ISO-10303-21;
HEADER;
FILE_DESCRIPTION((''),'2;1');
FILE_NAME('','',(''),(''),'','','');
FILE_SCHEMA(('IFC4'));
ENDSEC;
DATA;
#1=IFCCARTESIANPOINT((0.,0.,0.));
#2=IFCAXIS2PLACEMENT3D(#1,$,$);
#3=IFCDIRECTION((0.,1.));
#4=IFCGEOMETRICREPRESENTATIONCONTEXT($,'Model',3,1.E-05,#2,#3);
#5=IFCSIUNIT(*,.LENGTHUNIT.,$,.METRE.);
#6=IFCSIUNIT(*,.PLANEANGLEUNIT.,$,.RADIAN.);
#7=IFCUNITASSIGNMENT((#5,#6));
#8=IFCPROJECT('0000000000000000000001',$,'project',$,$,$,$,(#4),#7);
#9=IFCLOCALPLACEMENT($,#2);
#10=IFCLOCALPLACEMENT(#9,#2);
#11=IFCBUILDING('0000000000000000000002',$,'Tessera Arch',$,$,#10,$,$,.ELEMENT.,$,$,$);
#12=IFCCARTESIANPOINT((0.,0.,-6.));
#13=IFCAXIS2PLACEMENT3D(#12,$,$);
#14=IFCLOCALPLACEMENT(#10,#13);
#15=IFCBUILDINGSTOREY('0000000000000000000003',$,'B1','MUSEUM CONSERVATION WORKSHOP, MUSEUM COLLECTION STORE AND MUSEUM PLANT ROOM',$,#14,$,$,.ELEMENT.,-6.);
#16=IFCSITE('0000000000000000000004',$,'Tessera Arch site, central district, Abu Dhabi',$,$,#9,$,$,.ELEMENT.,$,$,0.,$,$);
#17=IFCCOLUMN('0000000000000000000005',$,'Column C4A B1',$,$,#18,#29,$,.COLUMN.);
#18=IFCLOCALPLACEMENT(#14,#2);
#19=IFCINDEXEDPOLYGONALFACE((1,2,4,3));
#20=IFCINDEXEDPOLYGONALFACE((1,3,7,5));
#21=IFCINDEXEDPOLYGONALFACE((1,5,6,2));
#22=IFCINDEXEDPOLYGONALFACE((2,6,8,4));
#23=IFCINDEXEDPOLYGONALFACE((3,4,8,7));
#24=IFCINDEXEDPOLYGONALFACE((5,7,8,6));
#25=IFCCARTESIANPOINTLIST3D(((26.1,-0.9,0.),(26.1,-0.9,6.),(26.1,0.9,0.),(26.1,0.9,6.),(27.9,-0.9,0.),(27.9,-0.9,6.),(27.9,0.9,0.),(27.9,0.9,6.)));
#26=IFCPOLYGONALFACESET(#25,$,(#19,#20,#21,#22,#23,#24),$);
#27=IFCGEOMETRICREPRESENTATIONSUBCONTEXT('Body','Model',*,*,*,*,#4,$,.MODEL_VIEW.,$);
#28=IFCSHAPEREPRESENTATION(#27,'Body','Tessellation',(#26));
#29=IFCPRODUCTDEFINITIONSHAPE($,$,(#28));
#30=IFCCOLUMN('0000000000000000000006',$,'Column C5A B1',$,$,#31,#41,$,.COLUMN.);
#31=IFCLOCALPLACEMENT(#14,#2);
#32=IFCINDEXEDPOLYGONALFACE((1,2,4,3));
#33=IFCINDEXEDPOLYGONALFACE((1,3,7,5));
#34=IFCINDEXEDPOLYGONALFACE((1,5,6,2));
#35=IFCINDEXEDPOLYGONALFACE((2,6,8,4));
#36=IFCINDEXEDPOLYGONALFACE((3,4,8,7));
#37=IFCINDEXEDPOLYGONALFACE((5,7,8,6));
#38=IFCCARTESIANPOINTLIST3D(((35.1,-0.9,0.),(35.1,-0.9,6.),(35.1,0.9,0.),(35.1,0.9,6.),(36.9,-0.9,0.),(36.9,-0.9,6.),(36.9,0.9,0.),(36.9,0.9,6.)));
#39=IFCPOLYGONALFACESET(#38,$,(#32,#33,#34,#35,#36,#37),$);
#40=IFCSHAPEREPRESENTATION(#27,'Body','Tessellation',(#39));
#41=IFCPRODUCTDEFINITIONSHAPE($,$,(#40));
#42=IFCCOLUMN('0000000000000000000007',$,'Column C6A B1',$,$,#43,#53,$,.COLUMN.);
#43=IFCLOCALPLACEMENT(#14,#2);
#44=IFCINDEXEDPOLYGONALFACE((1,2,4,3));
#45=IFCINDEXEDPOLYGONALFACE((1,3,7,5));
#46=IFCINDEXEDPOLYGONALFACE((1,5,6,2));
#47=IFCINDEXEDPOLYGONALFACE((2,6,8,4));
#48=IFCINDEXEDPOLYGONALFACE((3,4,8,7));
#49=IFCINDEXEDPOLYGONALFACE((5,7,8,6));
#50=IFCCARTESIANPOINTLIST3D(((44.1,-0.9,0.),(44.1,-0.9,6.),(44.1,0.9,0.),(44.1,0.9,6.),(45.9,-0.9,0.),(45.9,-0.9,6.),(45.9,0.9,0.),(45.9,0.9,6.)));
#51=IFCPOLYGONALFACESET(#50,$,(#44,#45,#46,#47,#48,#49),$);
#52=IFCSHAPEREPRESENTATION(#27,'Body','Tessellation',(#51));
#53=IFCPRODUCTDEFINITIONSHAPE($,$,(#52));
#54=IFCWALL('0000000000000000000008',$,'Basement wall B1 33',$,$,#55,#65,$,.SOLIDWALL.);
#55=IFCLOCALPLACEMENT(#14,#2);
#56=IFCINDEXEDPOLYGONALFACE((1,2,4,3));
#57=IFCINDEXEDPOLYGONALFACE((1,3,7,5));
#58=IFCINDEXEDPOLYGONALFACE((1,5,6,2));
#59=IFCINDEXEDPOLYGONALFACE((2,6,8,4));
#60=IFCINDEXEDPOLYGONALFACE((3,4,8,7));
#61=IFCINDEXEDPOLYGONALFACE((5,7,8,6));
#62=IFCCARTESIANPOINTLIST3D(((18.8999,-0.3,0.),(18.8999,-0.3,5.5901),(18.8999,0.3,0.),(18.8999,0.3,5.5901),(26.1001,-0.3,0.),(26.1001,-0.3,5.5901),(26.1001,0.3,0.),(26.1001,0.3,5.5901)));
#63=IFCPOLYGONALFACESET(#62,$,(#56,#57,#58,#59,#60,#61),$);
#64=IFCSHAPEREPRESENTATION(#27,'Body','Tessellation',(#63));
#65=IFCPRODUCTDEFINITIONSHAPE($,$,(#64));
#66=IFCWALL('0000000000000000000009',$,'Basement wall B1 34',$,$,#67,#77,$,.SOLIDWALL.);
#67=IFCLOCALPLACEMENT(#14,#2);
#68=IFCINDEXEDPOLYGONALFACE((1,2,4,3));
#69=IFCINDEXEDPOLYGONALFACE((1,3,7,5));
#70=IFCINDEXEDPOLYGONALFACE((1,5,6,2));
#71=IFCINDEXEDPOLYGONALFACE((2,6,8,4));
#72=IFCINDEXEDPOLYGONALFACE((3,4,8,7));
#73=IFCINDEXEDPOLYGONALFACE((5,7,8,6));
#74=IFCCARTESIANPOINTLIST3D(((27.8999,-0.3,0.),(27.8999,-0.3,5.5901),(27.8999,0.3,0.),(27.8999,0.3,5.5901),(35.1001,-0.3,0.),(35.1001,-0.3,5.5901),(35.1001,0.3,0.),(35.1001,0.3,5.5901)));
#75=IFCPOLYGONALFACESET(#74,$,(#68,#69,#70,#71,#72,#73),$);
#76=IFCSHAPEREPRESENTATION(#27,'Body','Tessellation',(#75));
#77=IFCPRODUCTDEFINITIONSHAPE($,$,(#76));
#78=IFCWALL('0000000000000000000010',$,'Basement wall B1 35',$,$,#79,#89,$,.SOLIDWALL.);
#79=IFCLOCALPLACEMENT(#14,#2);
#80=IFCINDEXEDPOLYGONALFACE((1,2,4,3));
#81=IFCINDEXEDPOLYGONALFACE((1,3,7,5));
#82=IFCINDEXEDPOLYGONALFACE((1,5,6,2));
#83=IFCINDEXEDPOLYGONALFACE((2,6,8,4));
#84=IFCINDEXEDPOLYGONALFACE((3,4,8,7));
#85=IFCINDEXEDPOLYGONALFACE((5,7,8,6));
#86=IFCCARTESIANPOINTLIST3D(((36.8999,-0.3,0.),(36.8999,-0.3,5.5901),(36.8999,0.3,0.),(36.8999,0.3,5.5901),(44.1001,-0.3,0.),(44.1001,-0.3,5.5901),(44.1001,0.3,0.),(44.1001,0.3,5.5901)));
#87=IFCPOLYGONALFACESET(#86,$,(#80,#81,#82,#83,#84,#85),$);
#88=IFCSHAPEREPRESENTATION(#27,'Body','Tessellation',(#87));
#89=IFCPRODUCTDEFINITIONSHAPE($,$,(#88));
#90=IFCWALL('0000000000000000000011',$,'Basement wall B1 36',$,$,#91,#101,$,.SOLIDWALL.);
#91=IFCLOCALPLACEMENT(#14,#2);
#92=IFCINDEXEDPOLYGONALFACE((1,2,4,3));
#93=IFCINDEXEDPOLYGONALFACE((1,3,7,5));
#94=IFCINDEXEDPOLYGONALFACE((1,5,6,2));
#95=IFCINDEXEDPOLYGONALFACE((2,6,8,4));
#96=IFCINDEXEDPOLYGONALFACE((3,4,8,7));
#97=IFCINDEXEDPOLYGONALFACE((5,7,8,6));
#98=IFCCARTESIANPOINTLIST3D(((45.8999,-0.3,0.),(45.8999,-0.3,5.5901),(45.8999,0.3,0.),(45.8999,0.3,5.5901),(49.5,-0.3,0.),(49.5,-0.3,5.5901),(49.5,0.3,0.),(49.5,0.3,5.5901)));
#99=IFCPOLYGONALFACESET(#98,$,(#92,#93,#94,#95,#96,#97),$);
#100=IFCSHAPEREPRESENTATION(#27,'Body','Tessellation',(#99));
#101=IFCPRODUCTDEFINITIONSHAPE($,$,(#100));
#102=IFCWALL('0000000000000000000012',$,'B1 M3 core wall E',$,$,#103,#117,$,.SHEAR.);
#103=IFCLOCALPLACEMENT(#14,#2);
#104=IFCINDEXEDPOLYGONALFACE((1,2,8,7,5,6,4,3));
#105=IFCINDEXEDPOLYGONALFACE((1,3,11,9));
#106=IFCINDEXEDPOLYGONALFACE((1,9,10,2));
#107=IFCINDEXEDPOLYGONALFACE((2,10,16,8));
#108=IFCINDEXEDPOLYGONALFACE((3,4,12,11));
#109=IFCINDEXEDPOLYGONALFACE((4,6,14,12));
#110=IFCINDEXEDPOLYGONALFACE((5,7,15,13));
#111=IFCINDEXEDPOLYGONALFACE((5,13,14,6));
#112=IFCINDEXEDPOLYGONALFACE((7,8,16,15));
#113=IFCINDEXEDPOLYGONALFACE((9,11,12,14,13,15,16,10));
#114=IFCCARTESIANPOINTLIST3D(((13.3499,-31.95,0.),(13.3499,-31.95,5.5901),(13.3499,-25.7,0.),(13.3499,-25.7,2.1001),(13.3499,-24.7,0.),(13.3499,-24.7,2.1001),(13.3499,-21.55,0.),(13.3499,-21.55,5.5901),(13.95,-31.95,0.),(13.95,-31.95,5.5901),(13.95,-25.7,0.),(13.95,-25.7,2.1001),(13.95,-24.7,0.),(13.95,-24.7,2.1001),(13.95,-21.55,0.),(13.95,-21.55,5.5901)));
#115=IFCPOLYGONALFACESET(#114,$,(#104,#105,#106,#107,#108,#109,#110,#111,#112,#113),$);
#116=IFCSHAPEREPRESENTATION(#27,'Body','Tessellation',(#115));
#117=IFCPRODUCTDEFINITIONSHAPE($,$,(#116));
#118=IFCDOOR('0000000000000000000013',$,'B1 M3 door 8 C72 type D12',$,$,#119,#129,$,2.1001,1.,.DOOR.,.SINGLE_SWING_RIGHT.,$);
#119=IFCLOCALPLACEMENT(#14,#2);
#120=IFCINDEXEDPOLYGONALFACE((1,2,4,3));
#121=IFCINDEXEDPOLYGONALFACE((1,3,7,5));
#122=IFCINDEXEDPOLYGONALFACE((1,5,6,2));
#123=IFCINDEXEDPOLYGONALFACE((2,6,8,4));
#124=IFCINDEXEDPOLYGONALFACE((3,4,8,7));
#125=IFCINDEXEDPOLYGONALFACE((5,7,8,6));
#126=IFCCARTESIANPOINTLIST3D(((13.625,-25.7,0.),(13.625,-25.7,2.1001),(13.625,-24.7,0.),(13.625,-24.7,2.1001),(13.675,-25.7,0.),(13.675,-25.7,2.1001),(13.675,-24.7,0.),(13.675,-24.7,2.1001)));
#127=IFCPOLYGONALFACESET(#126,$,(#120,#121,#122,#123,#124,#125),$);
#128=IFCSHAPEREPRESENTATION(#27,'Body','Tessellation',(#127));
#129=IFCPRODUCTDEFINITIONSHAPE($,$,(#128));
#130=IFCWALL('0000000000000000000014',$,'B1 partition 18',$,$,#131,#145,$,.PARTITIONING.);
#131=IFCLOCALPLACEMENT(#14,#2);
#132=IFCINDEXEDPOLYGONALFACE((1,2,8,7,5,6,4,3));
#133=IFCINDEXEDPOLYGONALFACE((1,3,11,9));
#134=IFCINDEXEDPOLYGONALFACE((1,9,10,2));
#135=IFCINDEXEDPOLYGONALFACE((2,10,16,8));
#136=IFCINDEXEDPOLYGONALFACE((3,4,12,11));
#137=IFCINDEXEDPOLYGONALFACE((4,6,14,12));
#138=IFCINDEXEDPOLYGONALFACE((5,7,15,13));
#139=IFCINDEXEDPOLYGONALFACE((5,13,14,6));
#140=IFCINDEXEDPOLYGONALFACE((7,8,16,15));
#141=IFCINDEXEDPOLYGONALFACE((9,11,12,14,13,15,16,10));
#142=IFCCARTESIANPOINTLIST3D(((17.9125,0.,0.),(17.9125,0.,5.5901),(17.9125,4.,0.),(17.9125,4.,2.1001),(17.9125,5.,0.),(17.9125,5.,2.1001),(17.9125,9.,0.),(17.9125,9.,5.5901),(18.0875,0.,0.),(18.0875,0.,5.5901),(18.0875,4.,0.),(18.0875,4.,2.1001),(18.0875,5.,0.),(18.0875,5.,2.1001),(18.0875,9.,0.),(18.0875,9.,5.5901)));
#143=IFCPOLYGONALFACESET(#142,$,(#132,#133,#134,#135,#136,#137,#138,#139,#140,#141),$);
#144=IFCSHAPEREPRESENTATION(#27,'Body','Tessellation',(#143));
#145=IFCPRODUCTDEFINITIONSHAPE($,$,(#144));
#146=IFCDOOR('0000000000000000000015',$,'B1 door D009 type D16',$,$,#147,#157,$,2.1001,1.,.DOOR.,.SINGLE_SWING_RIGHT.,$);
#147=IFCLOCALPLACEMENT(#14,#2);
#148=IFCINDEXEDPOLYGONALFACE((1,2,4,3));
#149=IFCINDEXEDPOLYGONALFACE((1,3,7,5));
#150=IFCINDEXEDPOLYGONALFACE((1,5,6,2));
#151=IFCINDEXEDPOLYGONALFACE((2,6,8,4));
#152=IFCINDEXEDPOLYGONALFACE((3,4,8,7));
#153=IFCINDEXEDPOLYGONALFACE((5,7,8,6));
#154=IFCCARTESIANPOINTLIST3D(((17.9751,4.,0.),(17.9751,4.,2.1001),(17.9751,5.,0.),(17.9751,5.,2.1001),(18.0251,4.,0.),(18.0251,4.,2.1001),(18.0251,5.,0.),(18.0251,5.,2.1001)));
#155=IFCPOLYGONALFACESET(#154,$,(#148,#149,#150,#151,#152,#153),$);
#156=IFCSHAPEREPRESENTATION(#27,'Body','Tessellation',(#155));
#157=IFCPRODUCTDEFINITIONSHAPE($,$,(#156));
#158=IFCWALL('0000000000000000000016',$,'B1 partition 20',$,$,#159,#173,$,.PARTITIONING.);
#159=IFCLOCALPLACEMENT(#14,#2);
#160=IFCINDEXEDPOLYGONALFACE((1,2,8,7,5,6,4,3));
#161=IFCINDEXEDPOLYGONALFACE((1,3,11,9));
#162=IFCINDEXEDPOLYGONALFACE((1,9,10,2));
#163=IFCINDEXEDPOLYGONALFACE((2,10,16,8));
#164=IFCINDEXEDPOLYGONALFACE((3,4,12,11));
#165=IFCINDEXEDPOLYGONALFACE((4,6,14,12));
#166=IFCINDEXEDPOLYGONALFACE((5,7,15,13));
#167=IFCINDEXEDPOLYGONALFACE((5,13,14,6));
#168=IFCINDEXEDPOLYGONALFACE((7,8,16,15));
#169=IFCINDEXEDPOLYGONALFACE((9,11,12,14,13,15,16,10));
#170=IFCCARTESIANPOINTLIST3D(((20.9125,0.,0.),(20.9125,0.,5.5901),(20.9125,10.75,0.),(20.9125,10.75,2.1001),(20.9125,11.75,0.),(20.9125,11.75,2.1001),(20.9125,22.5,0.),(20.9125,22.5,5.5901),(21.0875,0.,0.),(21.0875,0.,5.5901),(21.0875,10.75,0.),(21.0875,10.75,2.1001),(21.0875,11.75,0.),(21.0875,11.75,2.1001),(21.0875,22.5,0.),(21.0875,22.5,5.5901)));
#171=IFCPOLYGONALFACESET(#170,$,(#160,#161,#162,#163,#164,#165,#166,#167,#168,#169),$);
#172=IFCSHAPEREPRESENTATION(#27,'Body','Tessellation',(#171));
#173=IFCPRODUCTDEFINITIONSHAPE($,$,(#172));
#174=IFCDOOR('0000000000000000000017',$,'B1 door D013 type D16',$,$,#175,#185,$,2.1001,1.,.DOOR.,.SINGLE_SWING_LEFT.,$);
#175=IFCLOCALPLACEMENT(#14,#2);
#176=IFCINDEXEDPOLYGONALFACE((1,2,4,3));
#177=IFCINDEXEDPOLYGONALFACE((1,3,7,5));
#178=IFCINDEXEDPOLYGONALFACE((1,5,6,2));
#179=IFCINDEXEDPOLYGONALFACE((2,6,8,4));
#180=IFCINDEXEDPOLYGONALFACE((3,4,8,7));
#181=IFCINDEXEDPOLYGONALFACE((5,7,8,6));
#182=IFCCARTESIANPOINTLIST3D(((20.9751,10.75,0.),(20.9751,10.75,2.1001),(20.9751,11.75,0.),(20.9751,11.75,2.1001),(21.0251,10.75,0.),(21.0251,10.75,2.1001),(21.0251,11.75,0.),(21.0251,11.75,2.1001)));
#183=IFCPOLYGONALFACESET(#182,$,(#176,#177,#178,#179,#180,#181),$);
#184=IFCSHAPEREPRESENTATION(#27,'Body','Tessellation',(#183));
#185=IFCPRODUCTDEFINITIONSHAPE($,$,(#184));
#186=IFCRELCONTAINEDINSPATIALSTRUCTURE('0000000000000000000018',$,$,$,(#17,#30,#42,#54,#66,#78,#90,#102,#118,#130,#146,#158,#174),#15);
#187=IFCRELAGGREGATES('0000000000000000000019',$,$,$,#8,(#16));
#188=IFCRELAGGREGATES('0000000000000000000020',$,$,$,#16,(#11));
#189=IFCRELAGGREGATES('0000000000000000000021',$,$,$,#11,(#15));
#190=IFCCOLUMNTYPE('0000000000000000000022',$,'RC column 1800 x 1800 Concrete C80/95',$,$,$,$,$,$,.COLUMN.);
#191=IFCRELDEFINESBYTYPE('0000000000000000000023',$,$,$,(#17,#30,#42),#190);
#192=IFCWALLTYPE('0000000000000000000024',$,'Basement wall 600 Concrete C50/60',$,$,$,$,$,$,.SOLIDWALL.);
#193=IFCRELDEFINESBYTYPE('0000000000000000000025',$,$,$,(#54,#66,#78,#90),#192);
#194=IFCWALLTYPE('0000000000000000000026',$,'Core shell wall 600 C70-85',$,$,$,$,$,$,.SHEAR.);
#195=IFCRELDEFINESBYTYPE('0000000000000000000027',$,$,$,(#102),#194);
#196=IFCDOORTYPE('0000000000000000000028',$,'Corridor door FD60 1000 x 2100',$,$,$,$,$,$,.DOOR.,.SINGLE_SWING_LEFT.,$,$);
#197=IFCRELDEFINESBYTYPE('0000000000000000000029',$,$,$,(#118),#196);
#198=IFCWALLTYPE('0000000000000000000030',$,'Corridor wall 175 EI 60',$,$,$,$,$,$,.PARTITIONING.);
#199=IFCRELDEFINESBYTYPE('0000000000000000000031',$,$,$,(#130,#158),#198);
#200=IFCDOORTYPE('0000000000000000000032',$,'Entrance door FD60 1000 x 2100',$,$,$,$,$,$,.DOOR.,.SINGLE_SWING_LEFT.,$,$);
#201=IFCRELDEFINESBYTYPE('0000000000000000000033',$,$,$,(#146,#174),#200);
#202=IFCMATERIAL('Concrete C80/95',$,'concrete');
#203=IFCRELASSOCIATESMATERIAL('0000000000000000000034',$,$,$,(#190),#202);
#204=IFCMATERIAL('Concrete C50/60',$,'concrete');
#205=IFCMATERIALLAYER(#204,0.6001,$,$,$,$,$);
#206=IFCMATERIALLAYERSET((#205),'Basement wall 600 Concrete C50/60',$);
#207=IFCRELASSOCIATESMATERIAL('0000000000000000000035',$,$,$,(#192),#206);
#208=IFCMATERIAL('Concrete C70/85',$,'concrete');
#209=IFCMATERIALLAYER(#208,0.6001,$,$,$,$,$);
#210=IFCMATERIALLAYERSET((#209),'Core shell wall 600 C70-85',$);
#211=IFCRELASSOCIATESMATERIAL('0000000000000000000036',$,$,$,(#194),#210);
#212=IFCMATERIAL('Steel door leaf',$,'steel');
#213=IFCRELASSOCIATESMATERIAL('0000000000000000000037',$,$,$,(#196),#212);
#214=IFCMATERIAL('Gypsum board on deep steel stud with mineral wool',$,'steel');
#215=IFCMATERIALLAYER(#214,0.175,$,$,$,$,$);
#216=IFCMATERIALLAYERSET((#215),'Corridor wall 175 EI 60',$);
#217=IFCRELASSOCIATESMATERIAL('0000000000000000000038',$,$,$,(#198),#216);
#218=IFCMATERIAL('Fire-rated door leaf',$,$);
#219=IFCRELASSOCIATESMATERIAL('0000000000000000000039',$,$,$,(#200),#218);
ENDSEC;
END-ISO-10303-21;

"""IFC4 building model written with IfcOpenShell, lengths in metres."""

from ifc_helpers import new_model, si_unit, direction, frame, frame_2d, origin, origin_2d, place, context, subcontext, project, spatial, rectangle, extrude, material, layer, layer_set, material_profile, profile_set, type_object, element, fill, save


model = new_model("IFC4")

# Units and contexts
model_context = context("Model", 3, precision=1e-05, world=origin(), true_north=direction((0.0, 1.0)))
body_context = subcontext(model_context, "Body", "Model", "MODEL_VIEW")
ifc_project = project(units=[si_unit("LENGTHUNIT", "METRE"), si_unit("PLANEANGLEUNIT", "RADIAN")], contexts=[model_context])

# Site, building, storey
site_placement = place(None, origin())
site = spatial("IfcSite", under=ifc_project, at=site_placement, Name="Tessera Arch site, central district, Abu Dhabi", CompositionType="ELEMENT", RefElevation=0.0)
building_placement = place(site_placement, origin())
building = spatial("IfcBuilding", under=site, at=building_placement, Name="Tessera Arch", CompositionType="ELEMENT")
storey_placement = place(building_placement, frame((0.0, 0.0, -6.0)))
storey = spatial("IfcBuildingStorey", under=building, at=storey_placement, Name="B1", Description="MUSEUM CONSERVATION WORKSHOP, MUSEUM COLLECTION STORE AND MUSEUM PLANT ROOM", CompositionType="ELEMENT", Elevation=-6.0)

# Columns
ifc_material_1 = material(Name="Concrete C80/95", Category="concrete")
ifc_material_profile_1 = material_profile(ifc_material_1, rectangle(XDim=1.8, YDim=1.8, at=origin_2d()), Name="RC column 1800 x 1800 Concrete C80/95")
ifc_profile_set_1 = profile_set([ifc_material_profile_1], Name="Concrete C80/95")
column_type_1 = type_object("IfcColumnType", Name="RC column 1800 x 1800 Concrete C80/95", PredefinedType="COLUMN", material=ifc_profile_set_1)
for number, where, z_axis, x_axis, name in (
    (1, (27.0, 0.0, 0.0), (0.0, 0.0, 1.0), (1.0, 0.0, 0.0), "Column C4A B1"),
    (2, (36.0, 0.0, 0.0), (0.0, 0.0, 1.0), (1.0, 0.0, 0.0), "Column C5A B1"),
    (3, (45.0, 0.0, 0.0), (0.0, 0.0, 1.0), (1.0, 0.0, 0.0), "Column C6A B1"),
):
    element("IfcColumn", number, at=place(storey_placement, frame(where, z_axis=z_axis, x_axis=x_axis)), inside=storey, type_object=column_type_1, Name=name, PredefinedType="COLUMN", context=body_context, shape_type="SweptSolid", body=[
        extrude(rectangle(XDim=1.8, YDim=1.8, at=origin_2d()), origin(), (0.0, 0.0, 1.0), 6.0),
    ])

# Walls
ifc_material_2 = material(Name="Concrete C50/60", Category="concrete")
ifc_layer_1 = layer(ifc_material_2, 0.6001)
ifc_layer_set_1 = layer_set([ifc_layer_1], Name="Basement wall 600 Concrete C50/60")
wall_type_1 = type_object("IfcWallType", Name="Basement wall 600 Concrete C50/60", PredefinedType="SOLIDWALL", material=ifc_layer_set_1)
for number, where, z_axis, x_axis, name in (
    (4, (18.8999, 0.0, 0.0), (0.0, 0.0, 1.0), (1.0, 0.0, 0.0), "Basement wall B1 33"),
    (5, (27.8999, 0.0, 0.0), (0.0, 0.0, 1.0), (1.0, 0.0, 0.0), "Basement wall B1 34"),
    (6, (36.8999, 0.0, 0.0), (0.0, 0.0, 1.0), (1.0, 0.0, 0.0), "Basement wall B1 35"),
):
    element("IfcWall", number, at=place(storey_placement, frame(where, z_axis=z_axis, x_axis=x_axis)), inside=storey, type_object=wall_type_1, Name=name, PredefinedType="SOLIDWALL", context=body_context, shape_type="SweptSolid", body=[
        extrude(rectangle(XDim=7.2002, YDim=0.6001, at=frame_2d((3.6001, 0.0))), origin(), (0.0, 0.0, 1.0), 5.5901),
    ])
wall_1_placement = place(storey_placement, frame((45.8999, 0.0, 0.0), z_axis=(0.0, 0.0, 1.0), x_axis=(1.0, 0.0, 0.0)))
element("IfcWall", 7, at=wall_1_placement, inside=storey, type_object=wall_type_1, Name="Basement wall B1 36", PredefinedType="SOLIDWALL", context=body_context, shape_type="SweptSolid", body=[
    extrude(rectangle(XDim=3.6001, YDim=0.6001, at=frame_2d((1.8, 0.0))), origin(), (0.0, 0.0, 1.0), 5.5901),
])

# Walls, openings, doors
ifc_material_3 = material(Name="Concrete C70/85", Category="concrete")
ifc_layer_2 = layer(ifc_material_3, 0.6001)
ifc_layer_set_2 = layer_set([ifc_layer_2], Name="Core shell wall 600 C70-85")
wall_type_2 = type_object("IfcWallType", Name="Core shell wall 600 C70-85", PredefinedType="SHEAR", material=ifc_layer_set_2)
wall_2_placement = place(storey_placement, frame((13.6499, -31.95, 0.0), z_axis=(0.0, 0.0, 1.0), x_axis=(0.0, 1.0, 0.0)))
wall_2 = element("IfcWall", 8, at=wall_2_placement, inside=storey, type_object=wall_type_2, Name="B1 M3 core wall E", PredefinedType="SHEAR", context=body_context, shape_type="SweptSolid", body=[
    extrude(rectangle(XDim=10.3999, YDim=0.6001, at=frame_2d((5.2, 0.0))), origin(), (0.0, 0.0, 1.0), 5.5901),
])
opening_1_placement = place(wall_2_placement, frame((6.25, 0.0, 0.0)))
opening_1 = element("IfcOpeningElement", 9, at=opening_1_placement, cuts=wall_2, PredefinedType="OPENING", context=body_context, shape_type="SweptSolid", body=[
    extrude(rectangle(XDim=1.0, YDim=2.1001, at=frame_2d((0.5, 1.05))), frame((0.0, 0.3101, 0.0), z_axis=(0.0, -1.0, 0.0), x_axis=(1.0, 0.0, 0.0)), (0.0, 0.0, 1.0), 0.6201),
])
ifc_material_4 = material(Name="Steel door leaf", Category="steel")
door_type_1 = type_object("IfcDoorType", Name="Corridor door FD60 1000 x 2100", OperationType="SINGLE_SWING_LEFT", PredefinedType="DOOR", material=ifc_material_4)
door_1_placement = place(opening_1_placement, origin())
door_1 = element("IfcDoor", 10, at=door_1_placement, inside=storey, type_object=door_type_1, Name="B1 M3 door 8 C72 type D12", OperationType="SINGLE_SWING_RIGHT", OverallHeight=2.1001, OverallWidth=1.0, PredefinedType="DOOR", context=body_context, shape_type="SweptSolid", body=[
    extrude(rectangle(XDim=1.0, YDim=2.1001, at=frame_2d((0.5, 1.05))), frame((0.0, 0.0249, 0.0), z_axis=(0.0, -1.0, 0.0), x_axis=(1.0, 0.0, 0.0)), (0.0, 0.0, 1.0), 0.05),
])
fill(opening_1, door_1)
ifc_material_5 = material(Name="Gypsum board on deep steel stud with mineral wool", Category="steel")
ifc_layer_3 = layer(ifc_material_5, 0.175)
ifc_layer_set_3 = layer_set([ifc_layer_3], Name="Corridor wall 175 EI 60")
wall_type_3 = type_object("IfcWallType", Name="Corridor wall 175 EI 60", PredefinedType="PARTITIONING", material=ifc_layer_set_3)
wall_3_placement = place(storey_placement, frame((18.0, 0.0, 0.0), z_axis=(0.0, 0.0, 1.0), x_axis=(0.0, 1.0, 0.0)))
wall_3 = element("IfcWall", 11, at=wall_3_placement, inside=storey, type_object=wall_type_3, Name="B1 partition 18", PredefinedType="PARTITIONING", context=body_context, shape_type="SweptSolid", body=[
    extrude(rectangle(XDim=9.0, YDim=0.175, at=frame_2d((4.5, 0.0))), origin(), (0.0, 0.0, 1.0), 5.5901),
])
opening_2_placement = place(wall_3_placement, frame((4.0, 0.0, 0.0)))
opening_2 = element("IfcOpeningElement", 12, at=opening_2_placement, cuts=wall_3, PredefinedType="OPENING", context=body_context, shape_type="SweptSolid", body=[
    extrude(rectangle(XDim=1.0, YDim=2.1001, at=frame_2d((0.5, 1.05))), frame((0.0, 0.0974, 0.0), z_axis=(0.0, -1.0, 0.0), x_axis=(1.0, 0.0, 0.0)), (0.0, 0.0, 1.0), 0.1951),
])
ifc_material_6 = material(Name="Fire-rated door leaf")
door_type_2 = type_object("IfcDoorType", Name="Entrance door FD60 1000 x 2100", OperationType="SINGLE_SWING_LEFT", PredefinedType="DOOR", material=ifc_material_6)
door_2_placement = place(opening_2_placement, origin())
door_2 = element("IfcDoor", 13, at=door_2_placement, inside=storey, type_object=door_type_2, Name="B1 door D009 type D16", OperationType="SINGLE_SWING_RIGHT", OverallHeight=2.1001, OverallWidth=1.0, PredefinedType="DOOR", context=body_context, shape_type="SweptSolid", body=[
    extrude(rectangle(XDim=1.0, YDim=2.1001, at=frame_2d((0.5, 1.05))), frame((0.0, 0.0249, 0.0), z_axis=(0.0, -1.0, 0.0), x_axis=(1.0, 0.0, 0.0)), (0.0, 0.0, 1.0), 0.05),
])
fill(opening_2, door_2)
wall_4_placement = place(storey_placement, frame((21.0, 0.0, 0.0), z_axis=(0.0, 0.0, 1.0), x_axis=(0.0, 1.0, 0.0)))
wall_4 = element("IfcWall", 14, at=wall_4_placement, inside=storey, type_object=wall_type_3, Name="B1 partition 20", PredefinedType="PARTITIONING", context=body_context, shape_type="SweptSolid", body=[
    extrude(rectangle(XDim=22.5, YDim=0.175, at=frame_2d((11.25, 0.0))), origin(), (0.0, 0.0, 1.0), 5.5901),
])
opening_3_placement = place(wall_4_placement, frame((10.75, 0.0, 0.0)))
opening_3 = element("IfcOpeningElement", 15, at=opening_3_placement, cuts=wall_4, PredefinedType="OPENING", context=body_context, shape_type="SweptSolid", body=[
    extrude(rectangle(XDim=1.0, YDim=2.1001, at=frame_2d((0.5, 1.05))), frame((0.0, 0.0974, 0.0), z_axis=(0.0, -1.0, 0.0), x_axis=(1.0, 0.0, 0.0)), (0.0, 0.0, 1.0), 0.1951),
])
door_3_placement = place(opening_3_placement, origin())
door_3 = element("IfcDoor", 16, at=door_3_placement, inside=storey, type_object=door_type_2, Name="B1 door D013 type D16", OperationType="SINGLE_SWING_LEFT", OverallHeight=2.1001, OverallWidth=1.0, PredefinedType="DOOR", context=body_context, shape_type="SweptSolid", body=[
    extrude(rectangle(XDim=1.0, YDim=2.1001, at=frame_2d((0.5, 1.05))), frame((0.0, 0.0249, 0.0), z_axis=(0.0, -1.0, 0.0), x_axis=(1.0, 0.0, 0.0)), (0.0, 0.0, 1.0), 0.05),
])
fill(opening_3, door_3)

save(model, "model.ifc")
